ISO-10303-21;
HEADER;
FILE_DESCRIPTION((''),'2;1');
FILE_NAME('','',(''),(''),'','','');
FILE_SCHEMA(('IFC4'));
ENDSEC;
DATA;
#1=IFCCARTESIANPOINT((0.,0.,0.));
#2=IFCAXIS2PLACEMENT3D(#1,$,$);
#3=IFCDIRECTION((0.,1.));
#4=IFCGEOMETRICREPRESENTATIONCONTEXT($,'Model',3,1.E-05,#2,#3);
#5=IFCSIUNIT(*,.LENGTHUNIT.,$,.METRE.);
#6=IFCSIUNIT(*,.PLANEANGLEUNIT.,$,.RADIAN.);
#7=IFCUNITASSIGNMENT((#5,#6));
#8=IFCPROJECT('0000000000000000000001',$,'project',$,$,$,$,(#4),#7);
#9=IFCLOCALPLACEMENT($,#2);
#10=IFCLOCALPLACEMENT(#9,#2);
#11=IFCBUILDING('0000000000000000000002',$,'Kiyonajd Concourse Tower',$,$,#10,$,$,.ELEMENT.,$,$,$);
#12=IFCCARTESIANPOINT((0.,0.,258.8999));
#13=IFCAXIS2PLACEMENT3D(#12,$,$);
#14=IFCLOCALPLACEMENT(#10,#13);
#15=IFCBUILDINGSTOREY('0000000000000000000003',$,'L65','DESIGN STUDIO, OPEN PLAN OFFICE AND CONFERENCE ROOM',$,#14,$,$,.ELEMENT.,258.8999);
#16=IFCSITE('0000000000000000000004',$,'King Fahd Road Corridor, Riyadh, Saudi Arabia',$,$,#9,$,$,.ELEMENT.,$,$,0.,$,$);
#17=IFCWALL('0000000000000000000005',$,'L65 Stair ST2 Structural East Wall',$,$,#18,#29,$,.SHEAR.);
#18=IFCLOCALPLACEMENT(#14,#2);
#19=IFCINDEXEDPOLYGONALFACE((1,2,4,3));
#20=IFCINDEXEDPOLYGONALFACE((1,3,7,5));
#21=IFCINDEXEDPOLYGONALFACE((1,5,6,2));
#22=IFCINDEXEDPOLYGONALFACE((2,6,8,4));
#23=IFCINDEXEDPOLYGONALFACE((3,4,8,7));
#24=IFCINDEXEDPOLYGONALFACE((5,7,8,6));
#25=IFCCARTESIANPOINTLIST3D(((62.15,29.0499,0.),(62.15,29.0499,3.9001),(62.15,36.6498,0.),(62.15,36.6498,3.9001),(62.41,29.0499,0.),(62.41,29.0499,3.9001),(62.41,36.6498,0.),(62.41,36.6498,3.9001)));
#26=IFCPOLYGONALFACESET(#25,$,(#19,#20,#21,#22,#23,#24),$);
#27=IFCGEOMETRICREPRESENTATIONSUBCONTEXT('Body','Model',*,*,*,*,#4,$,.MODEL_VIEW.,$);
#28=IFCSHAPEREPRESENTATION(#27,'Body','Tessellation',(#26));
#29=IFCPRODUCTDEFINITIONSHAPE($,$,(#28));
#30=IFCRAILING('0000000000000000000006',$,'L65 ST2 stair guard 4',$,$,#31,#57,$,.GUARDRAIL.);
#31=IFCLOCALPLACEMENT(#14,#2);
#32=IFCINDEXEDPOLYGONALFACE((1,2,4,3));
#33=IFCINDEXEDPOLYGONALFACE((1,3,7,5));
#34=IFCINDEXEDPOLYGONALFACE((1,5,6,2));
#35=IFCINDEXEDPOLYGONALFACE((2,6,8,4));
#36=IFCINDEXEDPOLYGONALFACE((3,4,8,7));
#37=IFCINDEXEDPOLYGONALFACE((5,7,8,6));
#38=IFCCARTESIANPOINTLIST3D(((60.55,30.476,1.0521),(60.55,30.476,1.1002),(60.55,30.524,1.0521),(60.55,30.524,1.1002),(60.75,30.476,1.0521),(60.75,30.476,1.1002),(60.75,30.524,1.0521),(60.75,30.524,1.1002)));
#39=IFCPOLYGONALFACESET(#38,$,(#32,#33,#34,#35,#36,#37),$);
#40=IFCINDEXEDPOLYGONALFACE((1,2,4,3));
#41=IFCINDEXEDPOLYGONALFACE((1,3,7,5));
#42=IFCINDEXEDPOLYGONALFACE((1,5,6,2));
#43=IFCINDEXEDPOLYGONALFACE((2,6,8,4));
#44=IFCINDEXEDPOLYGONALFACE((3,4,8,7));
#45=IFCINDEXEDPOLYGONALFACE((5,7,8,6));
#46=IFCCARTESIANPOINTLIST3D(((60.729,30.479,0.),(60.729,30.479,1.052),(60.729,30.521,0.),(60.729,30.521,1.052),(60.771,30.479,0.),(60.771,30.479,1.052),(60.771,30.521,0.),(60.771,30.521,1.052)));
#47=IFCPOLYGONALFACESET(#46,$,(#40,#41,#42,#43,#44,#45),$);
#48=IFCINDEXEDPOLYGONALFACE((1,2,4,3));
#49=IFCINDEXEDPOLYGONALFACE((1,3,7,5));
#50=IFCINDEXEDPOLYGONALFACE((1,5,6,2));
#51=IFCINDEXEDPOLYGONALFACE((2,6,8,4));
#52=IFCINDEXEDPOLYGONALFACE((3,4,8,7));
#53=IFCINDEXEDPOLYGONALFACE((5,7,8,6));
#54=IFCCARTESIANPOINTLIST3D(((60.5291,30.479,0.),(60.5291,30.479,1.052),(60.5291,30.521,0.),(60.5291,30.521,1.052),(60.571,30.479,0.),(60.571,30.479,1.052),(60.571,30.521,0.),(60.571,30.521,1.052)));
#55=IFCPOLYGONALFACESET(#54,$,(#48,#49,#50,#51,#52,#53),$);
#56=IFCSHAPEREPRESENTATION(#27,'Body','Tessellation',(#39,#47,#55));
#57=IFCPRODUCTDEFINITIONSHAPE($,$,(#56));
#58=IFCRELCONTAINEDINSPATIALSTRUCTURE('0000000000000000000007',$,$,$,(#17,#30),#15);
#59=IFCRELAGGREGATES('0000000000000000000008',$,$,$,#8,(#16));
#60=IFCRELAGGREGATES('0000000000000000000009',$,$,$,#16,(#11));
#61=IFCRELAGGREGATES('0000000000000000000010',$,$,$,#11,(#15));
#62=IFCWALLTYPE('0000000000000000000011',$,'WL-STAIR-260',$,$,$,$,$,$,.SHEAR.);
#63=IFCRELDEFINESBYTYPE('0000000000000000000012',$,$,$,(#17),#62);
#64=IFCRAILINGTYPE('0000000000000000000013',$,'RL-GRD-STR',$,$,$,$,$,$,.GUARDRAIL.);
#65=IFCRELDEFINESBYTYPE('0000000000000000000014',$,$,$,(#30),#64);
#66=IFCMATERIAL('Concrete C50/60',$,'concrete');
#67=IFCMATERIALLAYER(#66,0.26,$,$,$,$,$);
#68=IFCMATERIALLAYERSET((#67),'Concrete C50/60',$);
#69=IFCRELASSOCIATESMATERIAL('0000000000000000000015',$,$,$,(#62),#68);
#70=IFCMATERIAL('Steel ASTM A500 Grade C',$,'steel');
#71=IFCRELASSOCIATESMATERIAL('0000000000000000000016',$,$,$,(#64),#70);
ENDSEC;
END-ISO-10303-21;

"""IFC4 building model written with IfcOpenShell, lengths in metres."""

from ifc_helpers import new_model, si_unit, direction, frame, frame_2d, origin, origin_2d, place, context, subcontext, project, spatial, rectangle, extrude, material, layer, layer_set, type_object, element, save


model = new_model("IFC4")

# Units and contexts
model_context = context("Model", 3, precision=1e-05, world=origin(), true_north=direction((0.0, 1.0)))
body_context = subcontext(model_context, "Body", "Model", "MODEL_VIEW")
ifc_project = project(units=[si_unit("LENGTHUNIT", "METRE"), si_unit("PLANEANGLEUNIT", "RADIAN")], contexts=[model_context])

# Site, building, storey
site_placement = place(None, origin())
site = spatial("IfcSite", under=ifc_project, at=site_placement, Name="King Fahd Road Corridor, Riyadh, Saudi Arabia", CompositionType="ELEMENT", RefElevation=0.0)
building_placement = place(site_placement, origin())
building = spatial("IfcBuilding", under=site, at=building_placement, Name="Kiyonajd Concourse Tower", CompositionType="ELEMENT")
storey_placement = place(building_placement, frame((0.0, 0.0, 258.8999)))
storey = spatial("IfcBuildingStorey", under=building, at=storey_placement, Name="L65", Description="DESIGN STUDIO, OPEN PLAN OFFICE AND CONFERENCE ROOM", CompositionType="ELEMENT", Elevation=258.8999)

# Shared definitions
ifc_material_1 = material(Name="Concrete C50/60", Category="concrete")
ifc_layer_1 = layer(ifc_material_1, 0.26)
ifc_layer_set_1 = layer_set([ifc_layer_1], Name="Concrete C50/60")
wall_type_1 = type_object("IfcWallType", Name="WL-STAIR-260", PredefinedType="SHEAR", material=ifc_layer_set_1)

# Wall
wall_1_placement = place(storey_placement, frame((62.28, 29.05, 0.0), z_axis=(0.0, 0.0, 1.0), x_axis=(0.0, 1.0, 0.0)))
element("IfcWall", 1, at=wall_1_placement, inside=storey, type_object=wall_type_1, Name="L65 Stair ST2 Structural East Wall", PredefinedType="SHEAR", context=body_context, shape_type="SweptSolid", body=[
    extrude(rectangle(XDim=7.5999, YDim=0.26, at=frame_2d((3.7998, 0.0))), origin(), (0.0, 0.0, 1.0), 3.9001),
])

# Railing
ifc_material_2 = material(Name="Steel ASTM A500 Grade C", Category="steel")
railing_type = type_object("IfcRailingType", Name="RL-GRD-STR", PredefinedType="GUARDRAIL", material=ifc_material_2)
railing_placement = place(storey_placement, frame((60.75, 30.5, 0.0)))
element("IfcRailing", 2, at=railing_placement, inside=storey, type_object=railing_type, Name="L65 ST2 stair guard 4", PredefinedType="GUARDRAIL", context=body_context, shape_type="SweptSolid", body=[
    extrude(rectangle(XDim=0.0481, YDim=0.0481, at=origin_2d()), frame((0.0, 0.0, 1.0762), z_axis=(-1.0, 0.0, 0.0), x_axis=(0.0, -1.0, 0.0)), (0.0, 0.0, 1.0), 0.2),
    extrude(rectangle(XDim=0.042, YDim=0.042, at=origin_2d()), origin(), (0.0, 0.0, 1.0), 1.052),
    extrude(rectangle(XDim=0.042, YDim=0.042, at=origin_2d()), frame((-0.2, 0.0, 0.0)), (0.0, 0.0, 1.0), 1.052),
])

save(model, "model.ifc")
